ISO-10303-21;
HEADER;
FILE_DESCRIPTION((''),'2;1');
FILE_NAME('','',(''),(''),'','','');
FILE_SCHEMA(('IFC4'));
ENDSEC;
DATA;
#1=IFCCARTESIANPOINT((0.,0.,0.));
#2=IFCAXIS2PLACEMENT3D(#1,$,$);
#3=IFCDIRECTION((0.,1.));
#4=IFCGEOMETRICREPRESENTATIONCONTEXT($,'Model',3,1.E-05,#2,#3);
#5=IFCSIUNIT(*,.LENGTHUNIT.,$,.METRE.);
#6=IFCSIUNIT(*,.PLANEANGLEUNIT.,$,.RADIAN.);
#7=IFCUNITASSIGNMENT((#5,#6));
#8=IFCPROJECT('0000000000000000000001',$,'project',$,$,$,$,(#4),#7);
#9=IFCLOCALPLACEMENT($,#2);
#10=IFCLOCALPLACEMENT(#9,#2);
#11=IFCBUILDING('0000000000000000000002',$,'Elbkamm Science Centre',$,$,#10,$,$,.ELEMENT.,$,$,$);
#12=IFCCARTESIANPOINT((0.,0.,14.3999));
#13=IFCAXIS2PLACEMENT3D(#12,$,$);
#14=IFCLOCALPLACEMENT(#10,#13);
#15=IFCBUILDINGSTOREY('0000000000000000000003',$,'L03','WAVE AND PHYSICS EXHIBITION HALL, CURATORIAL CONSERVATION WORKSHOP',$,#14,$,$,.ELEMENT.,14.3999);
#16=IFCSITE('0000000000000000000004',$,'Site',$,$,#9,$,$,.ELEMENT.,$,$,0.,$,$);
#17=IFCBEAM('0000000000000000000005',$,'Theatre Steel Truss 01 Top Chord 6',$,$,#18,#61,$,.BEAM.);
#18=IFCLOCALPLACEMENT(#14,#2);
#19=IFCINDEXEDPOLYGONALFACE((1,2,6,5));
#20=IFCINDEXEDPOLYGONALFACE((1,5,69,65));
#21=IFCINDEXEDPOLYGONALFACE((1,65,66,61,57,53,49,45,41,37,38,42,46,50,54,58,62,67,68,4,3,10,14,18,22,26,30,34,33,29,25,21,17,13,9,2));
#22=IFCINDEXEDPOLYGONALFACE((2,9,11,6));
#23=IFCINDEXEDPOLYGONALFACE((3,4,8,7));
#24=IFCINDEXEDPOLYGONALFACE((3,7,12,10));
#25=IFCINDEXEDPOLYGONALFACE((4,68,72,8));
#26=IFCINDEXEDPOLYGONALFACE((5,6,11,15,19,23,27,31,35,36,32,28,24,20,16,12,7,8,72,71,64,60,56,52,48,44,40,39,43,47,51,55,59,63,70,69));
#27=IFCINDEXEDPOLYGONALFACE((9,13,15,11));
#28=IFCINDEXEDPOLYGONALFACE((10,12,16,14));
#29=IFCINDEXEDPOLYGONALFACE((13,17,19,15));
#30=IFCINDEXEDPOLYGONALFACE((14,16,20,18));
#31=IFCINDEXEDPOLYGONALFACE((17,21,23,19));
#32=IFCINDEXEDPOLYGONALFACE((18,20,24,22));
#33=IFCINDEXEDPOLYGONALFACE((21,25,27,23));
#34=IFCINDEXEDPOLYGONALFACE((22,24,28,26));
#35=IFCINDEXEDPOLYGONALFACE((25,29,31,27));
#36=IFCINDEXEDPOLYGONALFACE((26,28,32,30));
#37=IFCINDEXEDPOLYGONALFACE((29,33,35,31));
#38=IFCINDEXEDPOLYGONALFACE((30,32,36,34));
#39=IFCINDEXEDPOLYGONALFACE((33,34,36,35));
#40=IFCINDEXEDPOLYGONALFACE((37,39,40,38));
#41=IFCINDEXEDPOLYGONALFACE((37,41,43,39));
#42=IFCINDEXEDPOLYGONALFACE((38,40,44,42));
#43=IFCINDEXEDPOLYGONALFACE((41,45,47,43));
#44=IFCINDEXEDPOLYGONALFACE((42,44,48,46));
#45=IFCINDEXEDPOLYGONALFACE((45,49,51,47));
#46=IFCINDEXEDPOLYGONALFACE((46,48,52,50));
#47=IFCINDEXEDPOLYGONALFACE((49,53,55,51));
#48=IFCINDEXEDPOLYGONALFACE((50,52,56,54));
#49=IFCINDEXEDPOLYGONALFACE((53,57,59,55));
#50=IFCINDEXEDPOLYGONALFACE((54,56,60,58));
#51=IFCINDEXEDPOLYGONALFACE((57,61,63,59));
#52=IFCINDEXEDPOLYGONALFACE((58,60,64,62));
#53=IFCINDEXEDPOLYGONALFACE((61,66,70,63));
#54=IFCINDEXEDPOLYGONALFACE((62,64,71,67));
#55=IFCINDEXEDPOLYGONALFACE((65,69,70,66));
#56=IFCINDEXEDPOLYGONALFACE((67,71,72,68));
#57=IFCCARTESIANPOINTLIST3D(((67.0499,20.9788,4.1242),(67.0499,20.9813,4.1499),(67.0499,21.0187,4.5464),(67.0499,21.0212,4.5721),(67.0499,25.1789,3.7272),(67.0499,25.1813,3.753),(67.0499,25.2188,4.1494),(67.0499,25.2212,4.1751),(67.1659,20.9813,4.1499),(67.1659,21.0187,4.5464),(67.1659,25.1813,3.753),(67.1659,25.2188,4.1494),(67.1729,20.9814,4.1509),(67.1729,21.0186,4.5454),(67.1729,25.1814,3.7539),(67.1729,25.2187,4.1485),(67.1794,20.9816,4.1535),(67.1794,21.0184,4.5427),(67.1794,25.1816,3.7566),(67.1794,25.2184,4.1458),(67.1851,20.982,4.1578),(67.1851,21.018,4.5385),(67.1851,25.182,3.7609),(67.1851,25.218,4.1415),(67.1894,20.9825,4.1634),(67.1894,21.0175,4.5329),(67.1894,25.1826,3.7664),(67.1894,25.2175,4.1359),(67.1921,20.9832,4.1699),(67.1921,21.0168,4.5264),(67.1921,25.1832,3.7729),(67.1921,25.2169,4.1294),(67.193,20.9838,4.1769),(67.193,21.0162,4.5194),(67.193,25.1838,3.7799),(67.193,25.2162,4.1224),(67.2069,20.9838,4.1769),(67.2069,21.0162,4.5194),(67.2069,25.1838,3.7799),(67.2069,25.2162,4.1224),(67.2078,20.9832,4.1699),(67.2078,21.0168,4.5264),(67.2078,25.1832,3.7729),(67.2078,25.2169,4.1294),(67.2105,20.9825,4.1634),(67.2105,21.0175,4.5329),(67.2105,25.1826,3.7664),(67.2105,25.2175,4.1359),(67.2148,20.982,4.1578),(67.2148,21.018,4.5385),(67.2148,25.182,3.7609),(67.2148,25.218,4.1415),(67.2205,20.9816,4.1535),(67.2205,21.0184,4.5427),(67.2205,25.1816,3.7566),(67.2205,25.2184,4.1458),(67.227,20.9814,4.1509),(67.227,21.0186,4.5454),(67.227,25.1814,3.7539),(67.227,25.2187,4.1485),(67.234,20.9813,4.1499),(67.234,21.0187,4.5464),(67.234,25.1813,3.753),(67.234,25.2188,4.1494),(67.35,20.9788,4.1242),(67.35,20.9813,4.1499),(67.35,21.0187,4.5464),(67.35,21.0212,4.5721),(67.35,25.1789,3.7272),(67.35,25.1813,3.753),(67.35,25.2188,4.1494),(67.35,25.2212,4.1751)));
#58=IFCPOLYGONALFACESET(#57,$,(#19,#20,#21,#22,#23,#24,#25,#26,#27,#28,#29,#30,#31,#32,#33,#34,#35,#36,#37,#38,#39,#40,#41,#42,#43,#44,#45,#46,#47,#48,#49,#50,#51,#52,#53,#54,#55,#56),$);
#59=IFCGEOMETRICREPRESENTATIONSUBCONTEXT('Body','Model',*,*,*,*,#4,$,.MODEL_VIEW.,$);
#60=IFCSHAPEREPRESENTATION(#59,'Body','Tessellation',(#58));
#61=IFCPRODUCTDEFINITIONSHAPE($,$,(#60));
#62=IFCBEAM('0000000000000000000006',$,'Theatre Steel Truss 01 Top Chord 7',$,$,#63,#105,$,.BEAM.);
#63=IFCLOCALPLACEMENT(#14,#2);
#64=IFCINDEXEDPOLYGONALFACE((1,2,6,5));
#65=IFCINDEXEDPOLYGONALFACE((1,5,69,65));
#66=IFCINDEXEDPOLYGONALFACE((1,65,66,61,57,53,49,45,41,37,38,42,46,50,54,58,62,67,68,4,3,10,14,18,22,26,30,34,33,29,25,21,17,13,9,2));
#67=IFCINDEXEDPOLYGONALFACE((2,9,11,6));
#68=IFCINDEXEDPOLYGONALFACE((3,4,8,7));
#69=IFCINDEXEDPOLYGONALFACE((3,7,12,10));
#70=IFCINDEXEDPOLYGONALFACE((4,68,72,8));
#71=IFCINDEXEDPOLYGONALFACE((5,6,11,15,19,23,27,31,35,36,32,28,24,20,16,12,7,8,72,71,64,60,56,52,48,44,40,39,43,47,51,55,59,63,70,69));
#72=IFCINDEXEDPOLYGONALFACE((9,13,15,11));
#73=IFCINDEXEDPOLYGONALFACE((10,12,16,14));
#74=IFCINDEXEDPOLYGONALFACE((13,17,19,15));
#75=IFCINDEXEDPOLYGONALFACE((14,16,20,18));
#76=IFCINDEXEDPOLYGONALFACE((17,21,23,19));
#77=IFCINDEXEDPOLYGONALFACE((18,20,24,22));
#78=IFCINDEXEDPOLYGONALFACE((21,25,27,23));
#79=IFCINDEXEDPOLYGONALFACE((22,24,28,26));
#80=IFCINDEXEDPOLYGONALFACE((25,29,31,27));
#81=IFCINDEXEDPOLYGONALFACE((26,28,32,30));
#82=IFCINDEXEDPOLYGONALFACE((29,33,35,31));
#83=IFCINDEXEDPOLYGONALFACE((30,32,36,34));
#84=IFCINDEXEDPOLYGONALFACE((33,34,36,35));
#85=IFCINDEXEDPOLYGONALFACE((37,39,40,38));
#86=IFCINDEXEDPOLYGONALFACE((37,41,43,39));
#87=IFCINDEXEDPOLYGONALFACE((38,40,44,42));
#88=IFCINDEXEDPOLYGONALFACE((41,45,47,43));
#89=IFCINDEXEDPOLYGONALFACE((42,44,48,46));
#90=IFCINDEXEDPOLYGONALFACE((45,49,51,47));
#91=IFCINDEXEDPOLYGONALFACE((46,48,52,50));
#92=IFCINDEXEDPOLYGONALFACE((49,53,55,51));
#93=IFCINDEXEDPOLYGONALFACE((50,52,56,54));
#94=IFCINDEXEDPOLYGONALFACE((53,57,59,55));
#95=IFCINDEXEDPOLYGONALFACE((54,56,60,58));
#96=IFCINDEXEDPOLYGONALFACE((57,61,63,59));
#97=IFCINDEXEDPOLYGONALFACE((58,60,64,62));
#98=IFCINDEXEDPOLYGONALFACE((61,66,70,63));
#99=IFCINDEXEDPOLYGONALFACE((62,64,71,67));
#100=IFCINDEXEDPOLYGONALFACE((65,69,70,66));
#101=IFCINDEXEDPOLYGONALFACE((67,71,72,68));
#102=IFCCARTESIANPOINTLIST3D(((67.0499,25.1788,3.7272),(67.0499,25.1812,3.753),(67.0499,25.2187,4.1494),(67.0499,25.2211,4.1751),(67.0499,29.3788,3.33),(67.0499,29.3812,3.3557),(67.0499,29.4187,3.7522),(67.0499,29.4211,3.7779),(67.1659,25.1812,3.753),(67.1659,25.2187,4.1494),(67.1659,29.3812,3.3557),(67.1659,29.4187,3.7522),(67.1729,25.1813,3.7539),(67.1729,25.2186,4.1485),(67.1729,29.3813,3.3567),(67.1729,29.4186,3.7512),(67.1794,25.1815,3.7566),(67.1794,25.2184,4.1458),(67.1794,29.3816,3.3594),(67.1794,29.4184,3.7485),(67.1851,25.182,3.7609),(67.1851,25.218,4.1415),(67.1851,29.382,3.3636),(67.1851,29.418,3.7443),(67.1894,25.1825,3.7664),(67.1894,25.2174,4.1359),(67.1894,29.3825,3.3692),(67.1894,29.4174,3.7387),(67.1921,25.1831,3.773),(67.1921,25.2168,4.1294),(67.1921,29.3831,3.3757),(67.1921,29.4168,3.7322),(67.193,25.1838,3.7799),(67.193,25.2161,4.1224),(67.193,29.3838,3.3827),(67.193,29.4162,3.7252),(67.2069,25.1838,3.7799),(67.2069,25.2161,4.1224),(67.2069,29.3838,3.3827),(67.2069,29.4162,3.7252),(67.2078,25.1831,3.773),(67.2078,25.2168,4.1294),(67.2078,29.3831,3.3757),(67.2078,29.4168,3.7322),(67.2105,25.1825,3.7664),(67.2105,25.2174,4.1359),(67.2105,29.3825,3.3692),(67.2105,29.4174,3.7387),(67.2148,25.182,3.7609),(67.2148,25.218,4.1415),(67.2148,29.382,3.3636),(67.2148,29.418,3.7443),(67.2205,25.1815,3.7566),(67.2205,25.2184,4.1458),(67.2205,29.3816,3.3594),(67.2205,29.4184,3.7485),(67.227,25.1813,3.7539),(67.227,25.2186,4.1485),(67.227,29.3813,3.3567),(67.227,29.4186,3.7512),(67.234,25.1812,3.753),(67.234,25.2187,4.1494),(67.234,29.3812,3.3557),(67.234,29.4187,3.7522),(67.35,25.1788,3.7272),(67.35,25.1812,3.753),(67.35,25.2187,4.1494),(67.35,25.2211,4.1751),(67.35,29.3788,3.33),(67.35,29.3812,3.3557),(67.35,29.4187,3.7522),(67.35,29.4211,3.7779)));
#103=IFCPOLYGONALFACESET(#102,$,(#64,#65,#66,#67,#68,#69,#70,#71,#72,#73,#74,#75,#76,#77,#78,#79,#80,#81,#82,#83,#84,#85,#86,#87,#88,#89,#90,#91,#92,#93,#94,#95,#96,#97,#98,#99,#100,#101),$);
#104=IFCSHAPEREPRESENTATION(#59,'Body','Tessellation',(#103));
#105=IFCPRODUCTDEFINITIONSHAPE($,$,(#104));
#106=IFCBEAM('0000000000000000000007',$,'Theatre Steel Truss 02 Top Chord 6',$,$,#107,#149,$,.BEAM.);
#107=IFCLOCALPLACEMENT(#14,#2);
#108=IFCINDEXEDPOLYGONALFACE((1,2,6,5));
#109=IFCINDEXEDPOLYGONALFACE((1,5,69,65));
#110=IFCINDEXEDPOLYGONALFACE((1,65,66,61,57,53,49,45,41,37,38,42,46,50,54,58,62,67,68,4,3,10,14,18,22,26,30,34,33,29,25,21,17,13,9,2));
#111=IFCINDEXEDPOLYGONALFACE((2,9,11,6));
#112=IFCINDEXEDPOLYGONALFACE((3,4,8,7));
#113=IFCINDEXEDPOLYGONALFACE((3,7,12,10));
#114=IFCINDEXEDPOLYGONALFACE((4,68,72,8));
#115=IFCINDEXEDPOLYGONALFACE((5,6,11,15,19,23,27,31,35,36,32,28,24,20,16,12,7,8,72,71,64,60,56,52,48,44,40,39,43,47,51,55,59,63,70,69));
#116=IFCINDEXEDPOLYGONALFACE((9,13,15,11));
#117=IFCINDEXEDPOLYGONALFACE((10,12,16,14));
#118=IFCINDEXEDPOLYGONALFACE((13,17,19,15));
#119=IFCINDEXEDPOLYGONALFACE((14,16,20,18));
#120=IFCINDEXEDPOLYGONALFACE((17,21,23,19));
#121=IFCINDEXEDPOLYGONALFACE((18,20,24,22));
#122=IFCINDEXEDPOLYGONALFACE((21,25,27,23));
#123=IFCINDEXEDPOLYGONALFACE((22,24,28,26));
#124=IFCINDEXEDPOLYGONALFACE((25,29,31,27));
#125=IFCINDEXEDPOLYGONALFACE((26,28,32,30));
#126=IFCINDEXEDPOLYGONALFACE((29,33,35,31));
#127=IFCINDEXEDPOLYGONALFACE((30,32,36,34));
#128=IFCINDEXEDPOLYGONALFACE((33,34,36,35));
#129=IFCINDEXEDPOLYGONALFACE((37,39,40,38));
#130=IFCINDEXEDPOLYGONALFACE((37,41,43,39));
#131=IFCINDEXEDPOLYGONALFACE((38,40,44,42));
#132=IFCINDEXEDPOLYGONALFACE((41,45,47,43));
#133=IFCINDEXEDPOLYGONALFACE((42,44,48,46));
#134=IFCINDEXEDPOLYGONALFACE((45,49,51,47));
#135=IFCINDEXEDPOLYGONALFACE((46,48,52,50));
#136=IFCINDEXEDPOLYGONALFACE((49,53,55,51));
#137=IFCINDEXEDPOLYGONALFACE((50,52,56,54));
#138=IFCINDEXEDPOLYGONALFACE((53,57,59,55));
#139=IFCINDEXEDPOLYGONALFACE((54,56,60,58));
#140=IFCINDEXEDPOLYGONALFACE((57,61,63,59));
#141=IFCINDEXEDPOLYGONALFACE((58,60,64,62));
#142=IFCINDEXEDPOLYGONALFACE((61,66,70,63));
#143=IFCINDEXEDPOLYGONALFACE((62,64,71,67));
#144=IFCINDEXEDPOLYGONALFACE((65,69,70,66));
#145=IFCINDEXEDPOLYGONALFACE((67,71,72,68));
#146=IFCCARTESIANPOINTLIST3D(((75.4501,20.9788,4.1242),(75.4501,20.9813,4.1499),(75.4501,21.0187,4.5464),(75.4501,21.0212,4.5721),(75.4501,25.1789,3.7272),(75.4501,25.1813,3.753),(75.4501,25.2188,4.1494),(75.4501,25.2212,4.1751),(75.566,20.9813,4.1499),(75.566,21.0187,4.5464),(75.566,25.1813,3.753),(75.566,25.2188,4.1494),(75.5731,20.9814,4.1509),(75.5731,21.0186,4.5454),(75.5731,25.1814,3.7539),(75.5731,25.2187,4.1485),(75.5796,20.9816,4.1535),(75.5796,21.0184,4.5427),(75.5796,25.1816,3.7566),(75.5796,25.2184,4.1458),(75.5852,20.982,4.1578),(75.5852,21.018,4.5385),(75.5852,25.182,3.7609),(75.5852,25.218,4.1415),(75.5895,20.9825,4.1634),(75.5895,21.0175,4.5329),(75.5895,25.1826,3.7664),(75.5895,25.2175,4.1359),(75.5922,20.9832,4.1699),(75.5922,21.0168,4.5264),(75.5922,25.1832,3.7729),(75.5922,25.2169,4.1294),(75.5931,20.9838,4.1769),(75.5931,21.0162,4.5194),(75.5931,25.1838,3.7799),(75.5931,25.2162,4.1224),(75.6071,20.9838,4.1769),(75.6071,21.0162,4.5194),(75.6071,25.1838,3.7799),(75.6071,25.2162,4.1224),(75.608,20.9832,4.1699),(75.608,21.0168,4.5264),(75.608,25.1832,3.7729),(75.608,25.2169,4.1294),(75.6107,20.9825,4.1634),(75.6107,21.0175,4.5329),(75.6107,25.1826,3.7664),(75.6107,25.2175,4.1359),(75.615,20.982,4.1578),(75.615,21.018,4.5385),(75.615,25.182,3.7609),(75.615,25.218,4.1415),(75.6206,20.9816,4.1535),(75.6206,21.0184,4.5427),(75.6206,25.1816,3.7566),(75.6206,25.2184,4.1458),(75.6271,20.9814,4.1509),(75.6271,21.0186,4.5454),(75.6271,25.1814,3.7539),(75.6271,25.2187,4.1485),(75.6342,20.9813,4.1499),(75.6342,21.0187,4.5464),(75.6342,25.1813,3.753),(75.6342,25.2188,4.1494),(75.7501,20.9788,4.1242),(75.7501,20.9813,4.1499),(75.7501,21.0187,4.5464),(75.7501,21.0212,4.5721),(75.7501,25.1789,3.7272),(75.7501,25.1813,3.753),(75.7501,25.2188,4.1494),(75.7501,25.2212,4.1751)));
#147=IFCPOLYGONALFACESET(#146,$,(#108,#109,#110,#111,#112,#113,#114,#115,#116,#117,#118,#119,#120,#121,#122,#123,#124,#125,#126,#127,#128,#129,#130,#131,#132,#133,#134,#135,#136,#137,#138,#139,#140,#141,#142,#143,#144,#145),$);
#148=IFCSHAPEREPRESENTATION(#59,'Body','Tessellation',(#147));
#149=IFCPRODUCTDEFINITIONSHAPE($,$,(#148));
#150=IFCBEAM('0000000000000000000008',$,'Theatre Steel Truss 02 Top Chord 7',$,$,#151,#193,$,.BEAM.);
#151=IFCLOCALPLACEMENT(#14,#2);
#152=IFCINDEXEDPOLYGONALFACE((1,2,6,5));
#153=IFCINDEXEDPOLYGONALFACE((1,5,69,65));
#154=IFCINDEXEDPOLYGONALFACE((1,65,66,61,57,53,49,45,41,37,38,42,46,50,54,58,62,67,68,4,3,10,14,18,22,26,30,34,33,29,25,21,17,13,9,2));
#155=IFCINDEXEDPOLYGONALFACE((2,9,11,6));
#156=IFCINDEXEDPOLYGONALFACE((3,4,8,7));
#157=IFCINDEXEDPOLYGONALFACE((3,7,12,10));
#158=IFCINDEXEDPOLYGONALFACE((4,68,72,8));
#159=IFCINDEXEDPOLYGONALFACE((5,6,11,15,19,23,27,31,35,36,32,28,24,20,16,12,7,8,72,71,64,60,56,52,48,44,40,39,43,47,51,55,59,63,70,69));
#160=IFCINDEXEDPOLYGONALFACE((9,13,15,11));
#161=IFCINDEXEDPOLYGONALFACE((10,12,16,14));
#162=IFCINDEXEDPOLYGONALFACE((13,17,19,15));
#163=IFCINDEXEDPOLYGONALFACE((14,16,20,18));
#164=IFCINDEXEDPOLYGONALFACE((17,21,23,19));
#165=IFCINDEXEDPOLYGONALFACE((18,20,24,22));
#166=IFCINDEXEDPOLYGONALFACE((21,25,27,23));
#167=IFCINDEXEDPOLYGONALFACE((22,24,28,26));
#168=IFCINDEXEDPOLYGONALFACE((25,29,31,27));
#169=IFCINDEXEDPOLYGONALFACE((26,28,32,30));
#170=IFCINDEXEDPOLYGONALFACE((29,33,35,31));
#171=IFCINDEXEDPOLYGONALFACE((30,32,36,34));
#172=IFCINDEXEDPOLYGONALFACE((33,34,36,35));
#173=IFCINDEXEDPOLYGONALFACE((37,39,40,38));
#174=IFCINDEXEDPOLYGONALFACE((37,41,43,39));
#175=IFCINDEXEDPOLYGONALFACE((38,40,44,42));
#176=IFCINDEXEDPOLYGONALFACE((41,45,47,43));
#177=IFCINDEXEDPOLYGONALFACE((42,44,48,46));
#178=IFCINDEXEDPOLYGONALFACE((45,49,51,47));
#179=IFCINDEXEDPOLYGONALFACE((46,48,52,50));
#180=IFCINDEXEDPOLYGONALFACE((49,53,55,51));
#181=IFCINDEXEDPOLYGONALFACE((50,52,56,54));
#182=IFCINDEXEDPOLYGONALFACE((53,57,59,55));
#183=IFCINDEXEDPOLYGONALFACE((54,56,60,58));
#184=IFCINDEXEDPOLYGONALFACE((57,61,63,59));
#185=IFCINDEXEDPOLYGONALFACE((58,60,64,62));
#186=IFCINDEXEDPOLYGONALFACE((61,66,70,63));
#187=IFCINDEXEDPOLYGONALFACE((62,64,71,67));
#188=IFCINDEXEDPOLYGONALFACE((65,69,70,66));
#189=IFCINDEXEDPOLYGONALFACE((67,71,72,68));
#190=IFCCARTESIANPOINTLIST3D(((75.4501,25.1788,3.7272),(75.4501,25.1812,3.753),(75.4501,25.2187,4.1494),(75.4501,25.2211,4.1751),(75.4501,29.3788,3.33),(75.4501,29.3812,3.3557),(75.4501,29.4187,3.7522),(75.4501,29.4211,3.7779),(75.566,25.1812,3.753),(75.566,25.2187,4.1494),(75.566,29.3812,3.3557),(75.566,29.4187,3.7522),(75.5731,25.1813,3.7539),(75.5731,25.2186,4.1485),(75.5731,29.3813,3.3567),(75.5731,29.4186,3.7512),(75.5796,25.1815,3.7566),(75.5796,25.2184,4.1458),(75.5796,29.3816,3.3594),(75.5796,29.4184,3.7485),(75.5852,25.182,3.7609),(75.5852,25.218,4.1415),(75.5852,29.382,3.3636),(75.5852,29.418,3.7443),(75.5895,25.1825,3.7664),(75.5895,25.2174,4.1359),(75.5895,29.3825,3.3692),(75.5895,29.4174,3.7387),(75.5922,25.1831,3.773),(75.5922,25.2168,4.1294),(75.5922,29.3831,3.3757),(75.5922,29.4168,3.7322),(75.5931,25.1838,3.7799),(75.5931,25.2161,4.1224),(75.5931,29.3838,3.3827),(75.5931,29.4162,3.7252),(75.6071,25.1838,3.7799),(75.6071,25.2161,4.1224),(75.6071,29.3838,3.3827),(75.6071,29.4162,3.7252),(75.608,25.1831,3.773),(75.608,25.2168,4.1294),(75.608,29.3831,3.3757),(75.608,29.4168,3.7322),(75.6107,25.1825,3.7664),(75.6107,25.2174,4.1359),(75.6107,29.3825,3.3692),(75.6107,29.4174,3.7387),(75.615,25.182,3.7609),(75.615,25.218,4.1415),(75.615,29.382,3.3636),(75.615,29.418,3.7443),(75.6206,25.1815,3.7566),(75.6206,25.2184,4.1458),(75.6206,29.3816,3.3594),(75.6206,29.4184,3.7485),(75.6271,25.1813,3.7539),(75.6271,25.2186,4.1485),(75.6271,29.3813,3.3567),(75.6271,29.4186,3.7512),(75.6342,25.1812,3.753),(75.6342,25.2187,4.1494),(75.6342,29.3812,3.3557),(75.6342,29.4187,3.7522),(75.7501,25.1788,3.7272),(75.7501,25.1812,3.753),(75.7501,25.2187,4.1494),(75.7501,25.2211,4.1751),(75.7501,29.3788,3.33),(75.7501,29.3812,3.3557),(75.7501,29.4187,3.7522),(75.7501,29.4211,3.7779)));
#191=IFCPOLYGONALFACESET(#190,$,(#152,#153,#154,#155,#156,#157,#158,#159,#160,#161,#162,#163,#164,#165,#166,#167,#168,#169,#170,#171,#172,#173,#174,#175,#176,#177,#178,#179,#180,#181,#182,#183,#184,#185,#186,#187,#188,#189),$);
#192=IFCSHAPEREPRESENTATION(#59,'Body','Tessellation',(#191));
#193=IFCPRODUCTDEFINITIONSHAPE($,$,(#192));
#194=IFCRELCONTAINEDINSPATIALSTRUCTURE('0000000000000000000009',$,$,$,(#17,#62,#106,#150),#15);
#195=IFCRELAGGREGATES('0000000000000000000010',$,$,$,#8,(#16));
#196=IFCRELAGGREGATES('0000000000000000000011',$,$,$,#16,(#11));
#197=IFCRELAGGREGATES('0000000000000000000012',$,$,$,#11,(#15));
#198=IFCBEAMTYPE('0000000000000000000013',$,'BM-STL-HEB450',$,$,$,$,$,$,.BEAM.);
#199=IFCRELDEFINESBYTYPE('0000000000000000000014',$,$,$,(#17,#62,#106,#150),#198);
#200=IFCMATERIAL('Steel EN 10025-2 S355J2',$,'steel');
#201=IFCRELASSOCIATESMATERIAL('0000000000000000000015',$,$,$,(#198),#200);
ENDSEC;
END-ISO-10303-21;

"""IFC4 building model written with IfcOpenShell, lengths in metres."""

from ifc_helpers import new_model, si_unit, direction, frame, origin, origin_2d, place, context, subcontext, project, spatial, i_section, extrude, material, material_profile, profile_set, type_object, element, save


model = new_model("IFC4")

# Units and contexts
model_context = context("Model", 3, precision=1e-05, world=origin(), true_north=direction((0.0, 1.0)))
body_context = subcontext(model_context, "Body", "Model", "MODEL_VIEW")
ifc_project = project(units=[si_unit("LENGTHUNIT", "METRE"), si_unit("PLANEANGLEUNIT", "RADIAN")], contexts=[model_context])

# Site, building, storey
site_placement = place(None, origin())
site = spatial("IfcSite", under=ifc_project, at=site_placement, Name="Site", CompositionType="ELEMENT", RefElevation=0.0)
building_placement = place(site_placement, origin())
building = spatial("IfcBuilding", under=site, at=building_placement, Name="Elbkamm Science Centre", CompositionType="ELEMENT")
storey_placement = place(building_placement, frame((0.0, 0.0, 14.3999)))
storey = spatial("IfcBuildingStorey", under=building, at=storey_placement, Name="L03", Description="WAVE AND PHYSICS EXHIBITION HALL, CURATORIAL CONSERVATION WORKSHOP", CompositionType="ELEMENT", Elevation=14.3999)

# Beams
ifc_material_1 = material(Name="Steel EN 10025-2 S355J2", Category="steel")
ifc_material_profile_1 = material_profile(ifc_material_1, i_section(OverallWidth=0.3, OverallDepth=0.45, WebThickness=0.0139, FlangeThickness=0.0259, FilletRadius=0.0271, at=origin_2d()), Name="HEB 450")
ifc_profile_set_1 = profile_set([ifc_material_profile_1], Name="Steel EN 10025-2 S355J2")
beam_type = type_object("IfcBeamType", Name="BM-STL-HEB450", PredefinedType="BEAM", material=ifc_profile_set_1)
for number, where, z_axis, x_axis, name in (
    (1, (67.2, 21.0, 4.3481), (0.0, 0.995563, -0.094099), (-1.0, 0.0, 0.0), "Theatre Steel Truss 01 Top Chord 6"),
    (2, (67.2, 25.2, 3.9512), (0.0, 0.995557, -0.094156), (-1.0, 0.0, 0.0), "Theatre Steel Truss 01 Top Chord 7"),
    (3, (75.6001, 21.0, 4.3481), (0.0, 0.995563, -0.094099), (-1.0, 0.0, 0.0), "Theatre Steel Truss 02 Top Chord 6"),
    (4, (75.6001, 25.2, 3.9512), (0.0, 0.995557, -0.094156), (-1.0, 0.0, 0.0), "Theatre Steel Truss 02 Top Chord 7"),
):
    element("IfcBeam", number, at=place(storey_placement, frame(where, z_axis=z_axis, x_axis=x_axis)), inside=storey, type_object=beam_type, Name=name, PredefinedType="BEAM", context=body_context, shape_type="SweptSolid", body=[
        extrude(i_section(OverallWidth=0.3, OverallDepth=0.45, WebThickness=0.0139, FlangeThickness=0.0259, FilletRadius=0.0271, at=origin_2d()), origin(), (0.0, 0.0, 1.0), 4.2188),
    ])

save(model, "model.ifc")
